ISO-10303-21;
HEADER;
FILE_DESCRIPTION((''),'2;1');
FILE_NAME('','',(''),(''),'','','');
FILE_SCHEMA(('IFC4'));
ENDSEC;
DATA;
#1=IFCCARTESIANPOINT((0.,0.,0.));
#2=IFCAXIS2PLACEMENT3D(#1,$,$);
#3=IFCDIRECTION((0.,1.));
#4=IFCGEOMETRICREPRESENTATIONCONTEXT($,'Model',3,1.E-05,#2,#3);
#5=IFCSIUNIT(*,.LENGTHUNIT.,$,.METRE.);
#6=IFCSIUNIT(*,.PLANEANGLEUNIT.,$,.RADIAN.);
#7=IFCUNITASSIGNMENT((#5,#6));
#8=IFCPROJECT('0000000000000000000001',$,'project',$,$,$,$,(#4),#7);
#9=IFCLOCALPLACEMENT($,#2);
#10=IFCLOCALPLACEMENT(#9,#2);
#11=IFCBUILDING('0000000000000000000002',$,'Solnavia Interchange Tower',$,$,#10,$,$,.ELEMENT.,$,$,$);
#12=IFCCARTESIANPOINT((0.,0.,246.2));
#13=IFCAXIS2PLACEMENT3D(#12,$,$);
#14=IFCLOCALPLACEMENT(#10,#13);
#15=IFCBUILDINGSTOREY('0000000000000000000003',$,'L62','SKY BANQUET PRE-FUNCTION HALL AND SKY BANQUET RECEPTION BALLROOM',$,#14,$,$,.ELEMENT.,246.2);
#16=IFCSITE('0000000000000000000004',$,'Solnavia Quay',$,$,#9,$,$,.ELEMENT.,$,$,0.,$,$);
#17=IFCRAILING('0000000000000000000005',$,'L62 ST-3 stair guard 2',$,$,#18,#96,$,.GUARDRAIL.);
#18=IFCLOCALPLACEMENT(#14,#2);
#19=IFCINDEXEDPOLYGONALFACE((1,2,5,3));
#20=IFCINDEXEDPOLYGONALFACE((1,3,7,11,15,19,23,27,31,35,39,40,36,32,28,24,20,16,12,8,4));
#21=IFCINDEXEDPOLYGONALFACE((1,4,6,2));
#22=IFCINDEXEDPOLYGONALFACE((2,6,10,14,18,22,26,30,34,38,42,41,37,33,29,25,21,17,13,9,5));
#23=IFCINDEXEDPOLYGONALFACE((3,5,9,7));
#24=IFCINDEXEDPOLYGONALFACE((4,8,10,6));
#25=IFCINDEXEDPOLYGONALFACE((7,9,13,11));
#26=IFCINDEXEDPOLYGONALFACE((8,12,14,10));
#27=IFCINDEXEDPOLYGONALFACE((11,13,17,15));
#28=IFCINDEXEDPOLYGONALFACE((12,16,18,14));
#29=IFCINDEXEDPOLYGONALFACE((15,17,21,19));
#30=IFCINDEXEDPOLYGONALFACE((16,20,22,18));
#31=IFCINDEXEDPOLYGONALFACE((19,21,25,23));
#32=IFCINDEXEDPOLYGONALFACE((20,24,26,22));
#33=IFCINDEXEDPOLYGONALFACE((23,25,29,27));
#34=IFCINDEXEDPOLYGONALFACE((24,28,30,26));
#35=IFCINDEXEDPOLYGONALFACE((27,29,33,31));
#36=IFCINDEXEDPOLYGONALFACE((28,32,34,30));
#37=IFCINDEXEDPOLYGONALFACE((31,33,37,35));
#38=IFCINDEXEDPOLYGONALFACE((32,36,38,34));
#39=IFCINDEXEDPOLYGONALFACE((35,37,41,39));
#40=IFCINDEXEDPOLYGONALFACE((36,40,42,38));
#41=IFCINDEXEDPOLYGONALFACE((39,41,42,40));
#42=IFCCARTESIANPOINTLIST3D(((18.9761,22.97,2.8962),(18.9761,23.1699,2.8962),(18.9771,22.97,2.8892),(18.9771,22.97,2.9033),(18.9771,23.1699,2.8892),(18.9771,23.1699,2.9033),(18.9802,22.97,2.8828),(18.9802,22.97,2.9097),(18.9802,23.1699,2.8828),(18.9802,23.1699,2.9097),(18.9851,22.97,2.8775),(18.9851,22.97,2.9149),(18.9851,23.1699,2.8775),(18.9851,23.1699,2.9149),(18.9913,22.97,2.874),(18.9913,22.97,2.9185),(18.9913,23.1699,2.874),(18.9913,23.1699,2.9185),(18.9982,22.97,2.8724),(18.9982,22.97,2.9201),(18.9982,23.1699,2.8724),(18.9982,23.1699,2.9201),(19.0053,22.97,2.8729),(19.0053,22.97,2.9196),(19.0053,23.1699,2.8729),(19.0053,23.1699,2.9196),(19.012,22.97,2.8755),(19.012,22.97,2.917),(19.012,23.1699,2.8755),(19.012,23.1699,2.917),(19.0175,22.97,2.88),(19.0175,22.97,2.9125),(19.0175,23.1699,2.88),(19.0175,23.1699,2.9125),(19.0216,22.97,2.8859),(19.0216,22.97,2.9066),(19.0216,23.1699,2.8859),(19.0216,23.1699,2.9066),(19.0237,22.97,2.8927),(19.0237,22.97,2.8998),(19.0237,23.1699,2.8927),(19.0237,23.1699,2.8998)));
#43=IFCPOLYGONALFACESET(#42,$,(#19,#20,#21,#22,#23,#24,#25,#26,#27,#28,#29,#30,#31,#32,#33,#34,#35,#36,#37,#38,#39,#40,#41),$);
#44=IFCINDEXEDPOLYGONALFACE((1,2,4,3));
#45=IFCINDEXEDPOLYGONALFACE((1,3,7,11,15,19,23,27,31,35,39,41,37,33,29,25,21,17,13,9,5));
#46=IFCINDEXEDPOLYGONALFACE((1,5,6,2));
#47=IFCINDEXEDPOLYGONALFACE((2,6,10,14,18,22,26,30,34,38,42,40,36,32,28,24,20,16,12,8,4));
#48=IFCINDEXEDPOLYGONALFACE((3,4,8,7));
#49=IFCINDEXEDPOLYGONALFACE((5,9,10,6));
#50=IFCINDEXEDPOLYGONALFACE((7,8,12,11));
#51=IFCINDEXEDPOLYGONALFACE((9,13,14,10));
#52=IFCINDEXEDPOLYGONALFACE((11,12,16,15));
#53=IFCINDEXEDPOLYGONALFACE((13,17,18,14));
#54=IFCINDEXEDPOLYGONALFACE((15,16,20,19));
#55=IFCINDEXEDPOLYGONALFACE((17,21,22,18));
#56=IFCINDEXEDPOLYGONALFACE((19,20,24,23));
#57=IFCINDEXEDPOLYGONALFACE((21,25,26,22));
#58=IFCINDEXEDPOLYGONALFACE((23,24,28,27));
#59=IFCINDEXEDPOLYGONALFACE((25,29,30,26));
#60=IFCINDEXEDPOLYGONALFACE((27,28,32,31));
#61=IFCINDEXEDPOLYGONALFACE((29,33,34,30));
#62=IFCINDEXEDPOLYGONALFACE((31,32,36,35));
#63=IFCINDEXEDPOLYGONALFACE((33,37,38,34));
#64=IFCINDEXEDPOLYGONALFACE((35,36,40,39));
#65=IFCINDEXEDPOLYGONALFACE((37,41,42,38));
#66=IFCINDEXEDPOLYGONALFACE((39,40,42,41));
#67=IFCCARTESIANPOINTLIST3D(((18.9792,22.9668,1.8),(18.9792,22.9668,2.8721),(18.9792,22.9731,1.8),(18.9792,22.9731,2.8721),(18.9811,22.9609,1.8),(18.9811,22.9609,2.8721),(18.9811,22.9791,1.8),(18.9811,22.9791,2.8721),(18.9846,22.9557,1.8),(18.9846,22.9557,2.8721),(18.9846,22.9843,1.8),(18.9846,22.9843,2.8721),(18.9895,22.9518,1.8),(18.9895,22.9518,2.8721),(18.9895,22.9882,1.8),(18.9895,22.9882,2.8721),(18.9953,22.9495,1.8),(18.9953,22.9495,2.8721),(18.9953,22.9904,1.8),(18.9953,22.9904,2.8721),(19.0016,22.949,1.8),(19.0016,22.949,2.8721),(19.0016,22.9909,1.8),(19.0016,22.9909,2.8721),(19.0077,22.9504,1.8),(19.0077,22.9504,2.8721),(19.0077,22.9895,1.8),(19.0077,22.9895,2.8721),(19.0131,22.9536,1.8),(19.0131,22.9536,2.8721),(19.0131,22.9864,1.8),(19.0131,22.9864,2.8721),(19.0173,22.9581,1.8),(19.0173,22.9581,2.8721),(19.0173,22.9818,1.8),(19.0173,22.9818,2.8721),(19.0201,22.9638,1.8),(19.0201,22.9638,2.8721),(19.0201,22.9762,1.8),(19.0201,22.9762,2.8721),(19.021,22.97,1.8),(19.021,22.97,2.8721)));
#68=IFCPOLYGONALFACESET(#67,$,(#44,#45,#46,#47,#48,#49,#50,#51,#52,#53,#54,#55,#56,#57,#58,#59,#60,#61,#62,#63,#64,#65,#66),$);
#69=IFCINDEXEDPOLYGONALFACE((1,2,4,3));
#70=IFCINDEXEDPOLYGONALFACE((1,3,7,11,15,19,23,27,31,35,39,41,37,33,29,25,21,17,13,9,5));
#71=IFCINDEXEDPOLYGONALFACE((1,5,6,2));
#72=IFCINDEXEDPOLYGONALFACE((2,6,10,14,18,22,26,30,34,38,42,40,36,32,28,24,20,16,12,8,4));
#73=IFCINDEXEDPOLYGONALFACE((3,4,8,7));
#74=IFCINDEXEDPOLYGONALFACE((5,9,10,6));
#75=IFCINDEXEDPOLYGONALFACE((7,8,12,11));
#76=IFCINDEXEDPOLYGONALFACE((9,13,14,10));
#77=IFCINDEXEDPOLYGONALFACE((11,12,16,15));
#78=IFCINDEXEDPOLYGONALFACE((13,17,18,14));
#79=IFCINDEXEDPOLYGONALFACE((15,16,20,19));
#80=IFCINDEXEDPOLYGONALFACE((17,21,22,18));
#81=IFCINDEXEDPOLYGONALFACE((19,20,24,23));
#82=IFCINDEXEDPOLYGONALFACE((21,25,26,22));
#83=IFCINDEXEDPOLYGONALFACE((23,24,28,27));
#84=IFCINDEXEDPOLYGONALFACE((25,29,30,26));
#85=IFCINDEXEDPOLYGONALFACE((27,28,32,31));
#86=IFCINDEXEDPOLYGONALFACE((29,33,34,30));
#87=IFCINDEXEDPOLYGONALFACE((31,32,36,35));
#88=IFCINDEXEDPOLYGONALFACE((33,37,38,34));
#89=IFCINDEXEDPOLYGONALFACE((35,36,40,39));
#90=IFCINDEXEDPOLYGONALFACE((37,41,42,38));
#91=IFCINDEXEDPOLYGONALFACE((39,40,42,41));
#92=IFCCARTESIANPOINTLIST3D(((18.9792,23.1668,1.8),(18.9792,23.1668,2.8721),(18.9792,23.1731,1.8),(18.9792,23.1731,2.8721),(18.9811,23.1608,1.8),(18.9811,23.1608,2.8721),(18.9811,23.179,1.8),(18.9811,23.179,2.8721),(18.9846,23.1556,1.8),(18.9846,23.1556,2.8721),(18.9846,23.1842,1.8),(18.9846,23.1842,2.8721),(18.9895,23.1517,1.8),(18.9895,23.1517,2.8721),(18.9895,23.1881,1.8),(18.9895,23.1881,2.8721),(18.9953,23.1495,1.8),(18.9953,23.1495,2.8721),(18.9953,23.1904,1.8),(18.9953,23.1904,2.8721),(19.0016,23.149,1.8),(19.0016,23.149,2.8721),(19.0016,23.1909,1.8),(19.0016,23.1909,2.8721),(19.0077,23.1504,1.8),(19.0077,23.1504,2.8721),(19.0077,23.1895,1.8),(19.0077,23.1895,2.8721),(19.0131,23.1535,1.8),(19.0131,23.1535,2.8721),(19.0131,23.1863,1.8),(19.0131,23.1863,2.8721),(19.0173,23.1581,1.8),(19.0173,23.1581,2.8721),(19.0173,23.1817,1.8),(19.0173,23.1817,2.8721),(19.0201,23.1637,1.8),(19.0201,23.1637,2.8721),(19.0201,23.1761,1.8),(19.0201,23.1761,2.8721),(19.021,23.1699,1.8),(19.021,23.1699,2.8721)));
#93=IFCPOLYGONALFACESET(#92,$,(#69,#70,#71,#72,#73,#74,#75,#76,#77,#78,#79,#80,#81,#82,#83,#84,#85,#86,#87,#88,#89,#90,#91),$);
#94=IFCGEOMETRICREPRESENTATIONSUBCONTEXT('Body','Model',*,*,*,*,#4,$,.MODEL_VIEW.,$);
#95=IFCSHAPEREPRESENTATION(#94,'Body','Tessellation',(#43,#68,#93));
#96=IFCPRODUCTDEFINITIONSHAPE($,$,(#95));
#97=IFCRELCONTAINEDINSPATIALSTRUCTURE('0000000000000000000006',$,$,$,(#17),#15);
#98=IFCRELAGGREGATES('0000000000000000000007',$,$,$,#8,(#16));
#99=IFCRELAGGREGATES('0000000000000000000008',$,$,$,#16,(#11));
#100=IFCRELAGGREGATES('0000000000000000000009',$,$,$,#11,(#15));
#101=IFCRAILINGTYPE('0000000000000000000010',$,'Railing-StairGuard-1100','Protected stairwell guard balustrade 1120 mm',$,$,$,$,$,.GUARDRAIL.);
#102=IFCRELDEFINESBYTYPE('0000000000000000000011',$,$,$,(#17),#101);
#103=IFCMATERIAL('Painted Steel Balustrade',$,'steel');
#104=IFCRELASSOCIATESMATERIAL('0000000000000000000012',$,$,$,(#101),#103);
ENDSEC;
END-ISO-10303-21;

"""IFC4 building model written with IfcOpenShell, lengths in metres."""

from ifc_helpers import new_model, si_unit, direction, frame, origin, origin_2d, place, context, subcontext, project, spatial, circle, extrude, material, type_object, element, save


model = new_model("IFC4")

# Units and contexts
model_context = context("Model", 3, precision=1e-05, world=origin(), true_north=direction((0.0, 1.0)))
body_context = subcontext(model_context, "Body", "Model", "MODEL_VIEW")
ifc_project = project(units=[si_unit("LENGTHUNIT", "METRE"), si_unit("PLANEANGLEUNIT", "RADIAN")], contexts=[model_context])

# Site, building, storey
site_placement = place(None, origin())
site = spatial("IfcSite", under=ifc_project, at=site_placement, Name="Solnavia Quay", CompositionType="ELEMENT", RefElevation=0.0)
building_placement = place(site_placement, origin())
building = spatial("IfcBuilding", under=site, at=building_placement, Name="Solnavia Interchange Tower", CompositionType="ELEMENT")
storey_placement = place(building_placement, frame((0.0, 0.0, 246.2)))
storey = spatial("IfcBuildingStorey", under=building, at=storey_placement, Name="L62", Description="SKY BANQUET PRE-FUNCTION HALL AND SKY BANQUET RECEPTION BALLROOM", CompositionType="ELEMENT", Elevation=246.2)

# Railing
ifc_material_1 = material(Name="Painted Steel Balustrade", Category="steel")
railing_type_1 = type_object("IfcRailingType", Name="Railing-StairGuard-1100", Description="Protected stairwell guard balustrade 1120 mm", PredefinedType="GUARDRAIL", material=ifc_material_1)
railing_1_placement = place(storey_placement, frame((19.0, 22.97, 1.8)))
element("IfcRailing", 1, at=railing_1_placement, inside=storey, type_object=railing_type_1, Name="L62 ST-3 stair guard 2", PredefinedType="GUARDRAIL", context=body_context, shape_type="SweptSolid", body=[
    extrude(circle(Radius=0.0239, at=origin_2d()), frame((0.0, 0.0, 1.0962), z_axis=(0.0, 1.0, 0.0), x_axis=(-1.0, 0.0, 0.0)), (0.0, 0.0, 1.0), 0.2),
    extrude(circle(Radius=0.021, at=origin_2d()), origin(), (0.0, 0.0, 1.0), 1.072),
    extrude(circle(Radius=0.021, at=origin_2d()), frame((0.0, 0.2, 0.0)), (0.0, 0.0, 1.0), 1.072),
])

save(model, "model.ifc")
